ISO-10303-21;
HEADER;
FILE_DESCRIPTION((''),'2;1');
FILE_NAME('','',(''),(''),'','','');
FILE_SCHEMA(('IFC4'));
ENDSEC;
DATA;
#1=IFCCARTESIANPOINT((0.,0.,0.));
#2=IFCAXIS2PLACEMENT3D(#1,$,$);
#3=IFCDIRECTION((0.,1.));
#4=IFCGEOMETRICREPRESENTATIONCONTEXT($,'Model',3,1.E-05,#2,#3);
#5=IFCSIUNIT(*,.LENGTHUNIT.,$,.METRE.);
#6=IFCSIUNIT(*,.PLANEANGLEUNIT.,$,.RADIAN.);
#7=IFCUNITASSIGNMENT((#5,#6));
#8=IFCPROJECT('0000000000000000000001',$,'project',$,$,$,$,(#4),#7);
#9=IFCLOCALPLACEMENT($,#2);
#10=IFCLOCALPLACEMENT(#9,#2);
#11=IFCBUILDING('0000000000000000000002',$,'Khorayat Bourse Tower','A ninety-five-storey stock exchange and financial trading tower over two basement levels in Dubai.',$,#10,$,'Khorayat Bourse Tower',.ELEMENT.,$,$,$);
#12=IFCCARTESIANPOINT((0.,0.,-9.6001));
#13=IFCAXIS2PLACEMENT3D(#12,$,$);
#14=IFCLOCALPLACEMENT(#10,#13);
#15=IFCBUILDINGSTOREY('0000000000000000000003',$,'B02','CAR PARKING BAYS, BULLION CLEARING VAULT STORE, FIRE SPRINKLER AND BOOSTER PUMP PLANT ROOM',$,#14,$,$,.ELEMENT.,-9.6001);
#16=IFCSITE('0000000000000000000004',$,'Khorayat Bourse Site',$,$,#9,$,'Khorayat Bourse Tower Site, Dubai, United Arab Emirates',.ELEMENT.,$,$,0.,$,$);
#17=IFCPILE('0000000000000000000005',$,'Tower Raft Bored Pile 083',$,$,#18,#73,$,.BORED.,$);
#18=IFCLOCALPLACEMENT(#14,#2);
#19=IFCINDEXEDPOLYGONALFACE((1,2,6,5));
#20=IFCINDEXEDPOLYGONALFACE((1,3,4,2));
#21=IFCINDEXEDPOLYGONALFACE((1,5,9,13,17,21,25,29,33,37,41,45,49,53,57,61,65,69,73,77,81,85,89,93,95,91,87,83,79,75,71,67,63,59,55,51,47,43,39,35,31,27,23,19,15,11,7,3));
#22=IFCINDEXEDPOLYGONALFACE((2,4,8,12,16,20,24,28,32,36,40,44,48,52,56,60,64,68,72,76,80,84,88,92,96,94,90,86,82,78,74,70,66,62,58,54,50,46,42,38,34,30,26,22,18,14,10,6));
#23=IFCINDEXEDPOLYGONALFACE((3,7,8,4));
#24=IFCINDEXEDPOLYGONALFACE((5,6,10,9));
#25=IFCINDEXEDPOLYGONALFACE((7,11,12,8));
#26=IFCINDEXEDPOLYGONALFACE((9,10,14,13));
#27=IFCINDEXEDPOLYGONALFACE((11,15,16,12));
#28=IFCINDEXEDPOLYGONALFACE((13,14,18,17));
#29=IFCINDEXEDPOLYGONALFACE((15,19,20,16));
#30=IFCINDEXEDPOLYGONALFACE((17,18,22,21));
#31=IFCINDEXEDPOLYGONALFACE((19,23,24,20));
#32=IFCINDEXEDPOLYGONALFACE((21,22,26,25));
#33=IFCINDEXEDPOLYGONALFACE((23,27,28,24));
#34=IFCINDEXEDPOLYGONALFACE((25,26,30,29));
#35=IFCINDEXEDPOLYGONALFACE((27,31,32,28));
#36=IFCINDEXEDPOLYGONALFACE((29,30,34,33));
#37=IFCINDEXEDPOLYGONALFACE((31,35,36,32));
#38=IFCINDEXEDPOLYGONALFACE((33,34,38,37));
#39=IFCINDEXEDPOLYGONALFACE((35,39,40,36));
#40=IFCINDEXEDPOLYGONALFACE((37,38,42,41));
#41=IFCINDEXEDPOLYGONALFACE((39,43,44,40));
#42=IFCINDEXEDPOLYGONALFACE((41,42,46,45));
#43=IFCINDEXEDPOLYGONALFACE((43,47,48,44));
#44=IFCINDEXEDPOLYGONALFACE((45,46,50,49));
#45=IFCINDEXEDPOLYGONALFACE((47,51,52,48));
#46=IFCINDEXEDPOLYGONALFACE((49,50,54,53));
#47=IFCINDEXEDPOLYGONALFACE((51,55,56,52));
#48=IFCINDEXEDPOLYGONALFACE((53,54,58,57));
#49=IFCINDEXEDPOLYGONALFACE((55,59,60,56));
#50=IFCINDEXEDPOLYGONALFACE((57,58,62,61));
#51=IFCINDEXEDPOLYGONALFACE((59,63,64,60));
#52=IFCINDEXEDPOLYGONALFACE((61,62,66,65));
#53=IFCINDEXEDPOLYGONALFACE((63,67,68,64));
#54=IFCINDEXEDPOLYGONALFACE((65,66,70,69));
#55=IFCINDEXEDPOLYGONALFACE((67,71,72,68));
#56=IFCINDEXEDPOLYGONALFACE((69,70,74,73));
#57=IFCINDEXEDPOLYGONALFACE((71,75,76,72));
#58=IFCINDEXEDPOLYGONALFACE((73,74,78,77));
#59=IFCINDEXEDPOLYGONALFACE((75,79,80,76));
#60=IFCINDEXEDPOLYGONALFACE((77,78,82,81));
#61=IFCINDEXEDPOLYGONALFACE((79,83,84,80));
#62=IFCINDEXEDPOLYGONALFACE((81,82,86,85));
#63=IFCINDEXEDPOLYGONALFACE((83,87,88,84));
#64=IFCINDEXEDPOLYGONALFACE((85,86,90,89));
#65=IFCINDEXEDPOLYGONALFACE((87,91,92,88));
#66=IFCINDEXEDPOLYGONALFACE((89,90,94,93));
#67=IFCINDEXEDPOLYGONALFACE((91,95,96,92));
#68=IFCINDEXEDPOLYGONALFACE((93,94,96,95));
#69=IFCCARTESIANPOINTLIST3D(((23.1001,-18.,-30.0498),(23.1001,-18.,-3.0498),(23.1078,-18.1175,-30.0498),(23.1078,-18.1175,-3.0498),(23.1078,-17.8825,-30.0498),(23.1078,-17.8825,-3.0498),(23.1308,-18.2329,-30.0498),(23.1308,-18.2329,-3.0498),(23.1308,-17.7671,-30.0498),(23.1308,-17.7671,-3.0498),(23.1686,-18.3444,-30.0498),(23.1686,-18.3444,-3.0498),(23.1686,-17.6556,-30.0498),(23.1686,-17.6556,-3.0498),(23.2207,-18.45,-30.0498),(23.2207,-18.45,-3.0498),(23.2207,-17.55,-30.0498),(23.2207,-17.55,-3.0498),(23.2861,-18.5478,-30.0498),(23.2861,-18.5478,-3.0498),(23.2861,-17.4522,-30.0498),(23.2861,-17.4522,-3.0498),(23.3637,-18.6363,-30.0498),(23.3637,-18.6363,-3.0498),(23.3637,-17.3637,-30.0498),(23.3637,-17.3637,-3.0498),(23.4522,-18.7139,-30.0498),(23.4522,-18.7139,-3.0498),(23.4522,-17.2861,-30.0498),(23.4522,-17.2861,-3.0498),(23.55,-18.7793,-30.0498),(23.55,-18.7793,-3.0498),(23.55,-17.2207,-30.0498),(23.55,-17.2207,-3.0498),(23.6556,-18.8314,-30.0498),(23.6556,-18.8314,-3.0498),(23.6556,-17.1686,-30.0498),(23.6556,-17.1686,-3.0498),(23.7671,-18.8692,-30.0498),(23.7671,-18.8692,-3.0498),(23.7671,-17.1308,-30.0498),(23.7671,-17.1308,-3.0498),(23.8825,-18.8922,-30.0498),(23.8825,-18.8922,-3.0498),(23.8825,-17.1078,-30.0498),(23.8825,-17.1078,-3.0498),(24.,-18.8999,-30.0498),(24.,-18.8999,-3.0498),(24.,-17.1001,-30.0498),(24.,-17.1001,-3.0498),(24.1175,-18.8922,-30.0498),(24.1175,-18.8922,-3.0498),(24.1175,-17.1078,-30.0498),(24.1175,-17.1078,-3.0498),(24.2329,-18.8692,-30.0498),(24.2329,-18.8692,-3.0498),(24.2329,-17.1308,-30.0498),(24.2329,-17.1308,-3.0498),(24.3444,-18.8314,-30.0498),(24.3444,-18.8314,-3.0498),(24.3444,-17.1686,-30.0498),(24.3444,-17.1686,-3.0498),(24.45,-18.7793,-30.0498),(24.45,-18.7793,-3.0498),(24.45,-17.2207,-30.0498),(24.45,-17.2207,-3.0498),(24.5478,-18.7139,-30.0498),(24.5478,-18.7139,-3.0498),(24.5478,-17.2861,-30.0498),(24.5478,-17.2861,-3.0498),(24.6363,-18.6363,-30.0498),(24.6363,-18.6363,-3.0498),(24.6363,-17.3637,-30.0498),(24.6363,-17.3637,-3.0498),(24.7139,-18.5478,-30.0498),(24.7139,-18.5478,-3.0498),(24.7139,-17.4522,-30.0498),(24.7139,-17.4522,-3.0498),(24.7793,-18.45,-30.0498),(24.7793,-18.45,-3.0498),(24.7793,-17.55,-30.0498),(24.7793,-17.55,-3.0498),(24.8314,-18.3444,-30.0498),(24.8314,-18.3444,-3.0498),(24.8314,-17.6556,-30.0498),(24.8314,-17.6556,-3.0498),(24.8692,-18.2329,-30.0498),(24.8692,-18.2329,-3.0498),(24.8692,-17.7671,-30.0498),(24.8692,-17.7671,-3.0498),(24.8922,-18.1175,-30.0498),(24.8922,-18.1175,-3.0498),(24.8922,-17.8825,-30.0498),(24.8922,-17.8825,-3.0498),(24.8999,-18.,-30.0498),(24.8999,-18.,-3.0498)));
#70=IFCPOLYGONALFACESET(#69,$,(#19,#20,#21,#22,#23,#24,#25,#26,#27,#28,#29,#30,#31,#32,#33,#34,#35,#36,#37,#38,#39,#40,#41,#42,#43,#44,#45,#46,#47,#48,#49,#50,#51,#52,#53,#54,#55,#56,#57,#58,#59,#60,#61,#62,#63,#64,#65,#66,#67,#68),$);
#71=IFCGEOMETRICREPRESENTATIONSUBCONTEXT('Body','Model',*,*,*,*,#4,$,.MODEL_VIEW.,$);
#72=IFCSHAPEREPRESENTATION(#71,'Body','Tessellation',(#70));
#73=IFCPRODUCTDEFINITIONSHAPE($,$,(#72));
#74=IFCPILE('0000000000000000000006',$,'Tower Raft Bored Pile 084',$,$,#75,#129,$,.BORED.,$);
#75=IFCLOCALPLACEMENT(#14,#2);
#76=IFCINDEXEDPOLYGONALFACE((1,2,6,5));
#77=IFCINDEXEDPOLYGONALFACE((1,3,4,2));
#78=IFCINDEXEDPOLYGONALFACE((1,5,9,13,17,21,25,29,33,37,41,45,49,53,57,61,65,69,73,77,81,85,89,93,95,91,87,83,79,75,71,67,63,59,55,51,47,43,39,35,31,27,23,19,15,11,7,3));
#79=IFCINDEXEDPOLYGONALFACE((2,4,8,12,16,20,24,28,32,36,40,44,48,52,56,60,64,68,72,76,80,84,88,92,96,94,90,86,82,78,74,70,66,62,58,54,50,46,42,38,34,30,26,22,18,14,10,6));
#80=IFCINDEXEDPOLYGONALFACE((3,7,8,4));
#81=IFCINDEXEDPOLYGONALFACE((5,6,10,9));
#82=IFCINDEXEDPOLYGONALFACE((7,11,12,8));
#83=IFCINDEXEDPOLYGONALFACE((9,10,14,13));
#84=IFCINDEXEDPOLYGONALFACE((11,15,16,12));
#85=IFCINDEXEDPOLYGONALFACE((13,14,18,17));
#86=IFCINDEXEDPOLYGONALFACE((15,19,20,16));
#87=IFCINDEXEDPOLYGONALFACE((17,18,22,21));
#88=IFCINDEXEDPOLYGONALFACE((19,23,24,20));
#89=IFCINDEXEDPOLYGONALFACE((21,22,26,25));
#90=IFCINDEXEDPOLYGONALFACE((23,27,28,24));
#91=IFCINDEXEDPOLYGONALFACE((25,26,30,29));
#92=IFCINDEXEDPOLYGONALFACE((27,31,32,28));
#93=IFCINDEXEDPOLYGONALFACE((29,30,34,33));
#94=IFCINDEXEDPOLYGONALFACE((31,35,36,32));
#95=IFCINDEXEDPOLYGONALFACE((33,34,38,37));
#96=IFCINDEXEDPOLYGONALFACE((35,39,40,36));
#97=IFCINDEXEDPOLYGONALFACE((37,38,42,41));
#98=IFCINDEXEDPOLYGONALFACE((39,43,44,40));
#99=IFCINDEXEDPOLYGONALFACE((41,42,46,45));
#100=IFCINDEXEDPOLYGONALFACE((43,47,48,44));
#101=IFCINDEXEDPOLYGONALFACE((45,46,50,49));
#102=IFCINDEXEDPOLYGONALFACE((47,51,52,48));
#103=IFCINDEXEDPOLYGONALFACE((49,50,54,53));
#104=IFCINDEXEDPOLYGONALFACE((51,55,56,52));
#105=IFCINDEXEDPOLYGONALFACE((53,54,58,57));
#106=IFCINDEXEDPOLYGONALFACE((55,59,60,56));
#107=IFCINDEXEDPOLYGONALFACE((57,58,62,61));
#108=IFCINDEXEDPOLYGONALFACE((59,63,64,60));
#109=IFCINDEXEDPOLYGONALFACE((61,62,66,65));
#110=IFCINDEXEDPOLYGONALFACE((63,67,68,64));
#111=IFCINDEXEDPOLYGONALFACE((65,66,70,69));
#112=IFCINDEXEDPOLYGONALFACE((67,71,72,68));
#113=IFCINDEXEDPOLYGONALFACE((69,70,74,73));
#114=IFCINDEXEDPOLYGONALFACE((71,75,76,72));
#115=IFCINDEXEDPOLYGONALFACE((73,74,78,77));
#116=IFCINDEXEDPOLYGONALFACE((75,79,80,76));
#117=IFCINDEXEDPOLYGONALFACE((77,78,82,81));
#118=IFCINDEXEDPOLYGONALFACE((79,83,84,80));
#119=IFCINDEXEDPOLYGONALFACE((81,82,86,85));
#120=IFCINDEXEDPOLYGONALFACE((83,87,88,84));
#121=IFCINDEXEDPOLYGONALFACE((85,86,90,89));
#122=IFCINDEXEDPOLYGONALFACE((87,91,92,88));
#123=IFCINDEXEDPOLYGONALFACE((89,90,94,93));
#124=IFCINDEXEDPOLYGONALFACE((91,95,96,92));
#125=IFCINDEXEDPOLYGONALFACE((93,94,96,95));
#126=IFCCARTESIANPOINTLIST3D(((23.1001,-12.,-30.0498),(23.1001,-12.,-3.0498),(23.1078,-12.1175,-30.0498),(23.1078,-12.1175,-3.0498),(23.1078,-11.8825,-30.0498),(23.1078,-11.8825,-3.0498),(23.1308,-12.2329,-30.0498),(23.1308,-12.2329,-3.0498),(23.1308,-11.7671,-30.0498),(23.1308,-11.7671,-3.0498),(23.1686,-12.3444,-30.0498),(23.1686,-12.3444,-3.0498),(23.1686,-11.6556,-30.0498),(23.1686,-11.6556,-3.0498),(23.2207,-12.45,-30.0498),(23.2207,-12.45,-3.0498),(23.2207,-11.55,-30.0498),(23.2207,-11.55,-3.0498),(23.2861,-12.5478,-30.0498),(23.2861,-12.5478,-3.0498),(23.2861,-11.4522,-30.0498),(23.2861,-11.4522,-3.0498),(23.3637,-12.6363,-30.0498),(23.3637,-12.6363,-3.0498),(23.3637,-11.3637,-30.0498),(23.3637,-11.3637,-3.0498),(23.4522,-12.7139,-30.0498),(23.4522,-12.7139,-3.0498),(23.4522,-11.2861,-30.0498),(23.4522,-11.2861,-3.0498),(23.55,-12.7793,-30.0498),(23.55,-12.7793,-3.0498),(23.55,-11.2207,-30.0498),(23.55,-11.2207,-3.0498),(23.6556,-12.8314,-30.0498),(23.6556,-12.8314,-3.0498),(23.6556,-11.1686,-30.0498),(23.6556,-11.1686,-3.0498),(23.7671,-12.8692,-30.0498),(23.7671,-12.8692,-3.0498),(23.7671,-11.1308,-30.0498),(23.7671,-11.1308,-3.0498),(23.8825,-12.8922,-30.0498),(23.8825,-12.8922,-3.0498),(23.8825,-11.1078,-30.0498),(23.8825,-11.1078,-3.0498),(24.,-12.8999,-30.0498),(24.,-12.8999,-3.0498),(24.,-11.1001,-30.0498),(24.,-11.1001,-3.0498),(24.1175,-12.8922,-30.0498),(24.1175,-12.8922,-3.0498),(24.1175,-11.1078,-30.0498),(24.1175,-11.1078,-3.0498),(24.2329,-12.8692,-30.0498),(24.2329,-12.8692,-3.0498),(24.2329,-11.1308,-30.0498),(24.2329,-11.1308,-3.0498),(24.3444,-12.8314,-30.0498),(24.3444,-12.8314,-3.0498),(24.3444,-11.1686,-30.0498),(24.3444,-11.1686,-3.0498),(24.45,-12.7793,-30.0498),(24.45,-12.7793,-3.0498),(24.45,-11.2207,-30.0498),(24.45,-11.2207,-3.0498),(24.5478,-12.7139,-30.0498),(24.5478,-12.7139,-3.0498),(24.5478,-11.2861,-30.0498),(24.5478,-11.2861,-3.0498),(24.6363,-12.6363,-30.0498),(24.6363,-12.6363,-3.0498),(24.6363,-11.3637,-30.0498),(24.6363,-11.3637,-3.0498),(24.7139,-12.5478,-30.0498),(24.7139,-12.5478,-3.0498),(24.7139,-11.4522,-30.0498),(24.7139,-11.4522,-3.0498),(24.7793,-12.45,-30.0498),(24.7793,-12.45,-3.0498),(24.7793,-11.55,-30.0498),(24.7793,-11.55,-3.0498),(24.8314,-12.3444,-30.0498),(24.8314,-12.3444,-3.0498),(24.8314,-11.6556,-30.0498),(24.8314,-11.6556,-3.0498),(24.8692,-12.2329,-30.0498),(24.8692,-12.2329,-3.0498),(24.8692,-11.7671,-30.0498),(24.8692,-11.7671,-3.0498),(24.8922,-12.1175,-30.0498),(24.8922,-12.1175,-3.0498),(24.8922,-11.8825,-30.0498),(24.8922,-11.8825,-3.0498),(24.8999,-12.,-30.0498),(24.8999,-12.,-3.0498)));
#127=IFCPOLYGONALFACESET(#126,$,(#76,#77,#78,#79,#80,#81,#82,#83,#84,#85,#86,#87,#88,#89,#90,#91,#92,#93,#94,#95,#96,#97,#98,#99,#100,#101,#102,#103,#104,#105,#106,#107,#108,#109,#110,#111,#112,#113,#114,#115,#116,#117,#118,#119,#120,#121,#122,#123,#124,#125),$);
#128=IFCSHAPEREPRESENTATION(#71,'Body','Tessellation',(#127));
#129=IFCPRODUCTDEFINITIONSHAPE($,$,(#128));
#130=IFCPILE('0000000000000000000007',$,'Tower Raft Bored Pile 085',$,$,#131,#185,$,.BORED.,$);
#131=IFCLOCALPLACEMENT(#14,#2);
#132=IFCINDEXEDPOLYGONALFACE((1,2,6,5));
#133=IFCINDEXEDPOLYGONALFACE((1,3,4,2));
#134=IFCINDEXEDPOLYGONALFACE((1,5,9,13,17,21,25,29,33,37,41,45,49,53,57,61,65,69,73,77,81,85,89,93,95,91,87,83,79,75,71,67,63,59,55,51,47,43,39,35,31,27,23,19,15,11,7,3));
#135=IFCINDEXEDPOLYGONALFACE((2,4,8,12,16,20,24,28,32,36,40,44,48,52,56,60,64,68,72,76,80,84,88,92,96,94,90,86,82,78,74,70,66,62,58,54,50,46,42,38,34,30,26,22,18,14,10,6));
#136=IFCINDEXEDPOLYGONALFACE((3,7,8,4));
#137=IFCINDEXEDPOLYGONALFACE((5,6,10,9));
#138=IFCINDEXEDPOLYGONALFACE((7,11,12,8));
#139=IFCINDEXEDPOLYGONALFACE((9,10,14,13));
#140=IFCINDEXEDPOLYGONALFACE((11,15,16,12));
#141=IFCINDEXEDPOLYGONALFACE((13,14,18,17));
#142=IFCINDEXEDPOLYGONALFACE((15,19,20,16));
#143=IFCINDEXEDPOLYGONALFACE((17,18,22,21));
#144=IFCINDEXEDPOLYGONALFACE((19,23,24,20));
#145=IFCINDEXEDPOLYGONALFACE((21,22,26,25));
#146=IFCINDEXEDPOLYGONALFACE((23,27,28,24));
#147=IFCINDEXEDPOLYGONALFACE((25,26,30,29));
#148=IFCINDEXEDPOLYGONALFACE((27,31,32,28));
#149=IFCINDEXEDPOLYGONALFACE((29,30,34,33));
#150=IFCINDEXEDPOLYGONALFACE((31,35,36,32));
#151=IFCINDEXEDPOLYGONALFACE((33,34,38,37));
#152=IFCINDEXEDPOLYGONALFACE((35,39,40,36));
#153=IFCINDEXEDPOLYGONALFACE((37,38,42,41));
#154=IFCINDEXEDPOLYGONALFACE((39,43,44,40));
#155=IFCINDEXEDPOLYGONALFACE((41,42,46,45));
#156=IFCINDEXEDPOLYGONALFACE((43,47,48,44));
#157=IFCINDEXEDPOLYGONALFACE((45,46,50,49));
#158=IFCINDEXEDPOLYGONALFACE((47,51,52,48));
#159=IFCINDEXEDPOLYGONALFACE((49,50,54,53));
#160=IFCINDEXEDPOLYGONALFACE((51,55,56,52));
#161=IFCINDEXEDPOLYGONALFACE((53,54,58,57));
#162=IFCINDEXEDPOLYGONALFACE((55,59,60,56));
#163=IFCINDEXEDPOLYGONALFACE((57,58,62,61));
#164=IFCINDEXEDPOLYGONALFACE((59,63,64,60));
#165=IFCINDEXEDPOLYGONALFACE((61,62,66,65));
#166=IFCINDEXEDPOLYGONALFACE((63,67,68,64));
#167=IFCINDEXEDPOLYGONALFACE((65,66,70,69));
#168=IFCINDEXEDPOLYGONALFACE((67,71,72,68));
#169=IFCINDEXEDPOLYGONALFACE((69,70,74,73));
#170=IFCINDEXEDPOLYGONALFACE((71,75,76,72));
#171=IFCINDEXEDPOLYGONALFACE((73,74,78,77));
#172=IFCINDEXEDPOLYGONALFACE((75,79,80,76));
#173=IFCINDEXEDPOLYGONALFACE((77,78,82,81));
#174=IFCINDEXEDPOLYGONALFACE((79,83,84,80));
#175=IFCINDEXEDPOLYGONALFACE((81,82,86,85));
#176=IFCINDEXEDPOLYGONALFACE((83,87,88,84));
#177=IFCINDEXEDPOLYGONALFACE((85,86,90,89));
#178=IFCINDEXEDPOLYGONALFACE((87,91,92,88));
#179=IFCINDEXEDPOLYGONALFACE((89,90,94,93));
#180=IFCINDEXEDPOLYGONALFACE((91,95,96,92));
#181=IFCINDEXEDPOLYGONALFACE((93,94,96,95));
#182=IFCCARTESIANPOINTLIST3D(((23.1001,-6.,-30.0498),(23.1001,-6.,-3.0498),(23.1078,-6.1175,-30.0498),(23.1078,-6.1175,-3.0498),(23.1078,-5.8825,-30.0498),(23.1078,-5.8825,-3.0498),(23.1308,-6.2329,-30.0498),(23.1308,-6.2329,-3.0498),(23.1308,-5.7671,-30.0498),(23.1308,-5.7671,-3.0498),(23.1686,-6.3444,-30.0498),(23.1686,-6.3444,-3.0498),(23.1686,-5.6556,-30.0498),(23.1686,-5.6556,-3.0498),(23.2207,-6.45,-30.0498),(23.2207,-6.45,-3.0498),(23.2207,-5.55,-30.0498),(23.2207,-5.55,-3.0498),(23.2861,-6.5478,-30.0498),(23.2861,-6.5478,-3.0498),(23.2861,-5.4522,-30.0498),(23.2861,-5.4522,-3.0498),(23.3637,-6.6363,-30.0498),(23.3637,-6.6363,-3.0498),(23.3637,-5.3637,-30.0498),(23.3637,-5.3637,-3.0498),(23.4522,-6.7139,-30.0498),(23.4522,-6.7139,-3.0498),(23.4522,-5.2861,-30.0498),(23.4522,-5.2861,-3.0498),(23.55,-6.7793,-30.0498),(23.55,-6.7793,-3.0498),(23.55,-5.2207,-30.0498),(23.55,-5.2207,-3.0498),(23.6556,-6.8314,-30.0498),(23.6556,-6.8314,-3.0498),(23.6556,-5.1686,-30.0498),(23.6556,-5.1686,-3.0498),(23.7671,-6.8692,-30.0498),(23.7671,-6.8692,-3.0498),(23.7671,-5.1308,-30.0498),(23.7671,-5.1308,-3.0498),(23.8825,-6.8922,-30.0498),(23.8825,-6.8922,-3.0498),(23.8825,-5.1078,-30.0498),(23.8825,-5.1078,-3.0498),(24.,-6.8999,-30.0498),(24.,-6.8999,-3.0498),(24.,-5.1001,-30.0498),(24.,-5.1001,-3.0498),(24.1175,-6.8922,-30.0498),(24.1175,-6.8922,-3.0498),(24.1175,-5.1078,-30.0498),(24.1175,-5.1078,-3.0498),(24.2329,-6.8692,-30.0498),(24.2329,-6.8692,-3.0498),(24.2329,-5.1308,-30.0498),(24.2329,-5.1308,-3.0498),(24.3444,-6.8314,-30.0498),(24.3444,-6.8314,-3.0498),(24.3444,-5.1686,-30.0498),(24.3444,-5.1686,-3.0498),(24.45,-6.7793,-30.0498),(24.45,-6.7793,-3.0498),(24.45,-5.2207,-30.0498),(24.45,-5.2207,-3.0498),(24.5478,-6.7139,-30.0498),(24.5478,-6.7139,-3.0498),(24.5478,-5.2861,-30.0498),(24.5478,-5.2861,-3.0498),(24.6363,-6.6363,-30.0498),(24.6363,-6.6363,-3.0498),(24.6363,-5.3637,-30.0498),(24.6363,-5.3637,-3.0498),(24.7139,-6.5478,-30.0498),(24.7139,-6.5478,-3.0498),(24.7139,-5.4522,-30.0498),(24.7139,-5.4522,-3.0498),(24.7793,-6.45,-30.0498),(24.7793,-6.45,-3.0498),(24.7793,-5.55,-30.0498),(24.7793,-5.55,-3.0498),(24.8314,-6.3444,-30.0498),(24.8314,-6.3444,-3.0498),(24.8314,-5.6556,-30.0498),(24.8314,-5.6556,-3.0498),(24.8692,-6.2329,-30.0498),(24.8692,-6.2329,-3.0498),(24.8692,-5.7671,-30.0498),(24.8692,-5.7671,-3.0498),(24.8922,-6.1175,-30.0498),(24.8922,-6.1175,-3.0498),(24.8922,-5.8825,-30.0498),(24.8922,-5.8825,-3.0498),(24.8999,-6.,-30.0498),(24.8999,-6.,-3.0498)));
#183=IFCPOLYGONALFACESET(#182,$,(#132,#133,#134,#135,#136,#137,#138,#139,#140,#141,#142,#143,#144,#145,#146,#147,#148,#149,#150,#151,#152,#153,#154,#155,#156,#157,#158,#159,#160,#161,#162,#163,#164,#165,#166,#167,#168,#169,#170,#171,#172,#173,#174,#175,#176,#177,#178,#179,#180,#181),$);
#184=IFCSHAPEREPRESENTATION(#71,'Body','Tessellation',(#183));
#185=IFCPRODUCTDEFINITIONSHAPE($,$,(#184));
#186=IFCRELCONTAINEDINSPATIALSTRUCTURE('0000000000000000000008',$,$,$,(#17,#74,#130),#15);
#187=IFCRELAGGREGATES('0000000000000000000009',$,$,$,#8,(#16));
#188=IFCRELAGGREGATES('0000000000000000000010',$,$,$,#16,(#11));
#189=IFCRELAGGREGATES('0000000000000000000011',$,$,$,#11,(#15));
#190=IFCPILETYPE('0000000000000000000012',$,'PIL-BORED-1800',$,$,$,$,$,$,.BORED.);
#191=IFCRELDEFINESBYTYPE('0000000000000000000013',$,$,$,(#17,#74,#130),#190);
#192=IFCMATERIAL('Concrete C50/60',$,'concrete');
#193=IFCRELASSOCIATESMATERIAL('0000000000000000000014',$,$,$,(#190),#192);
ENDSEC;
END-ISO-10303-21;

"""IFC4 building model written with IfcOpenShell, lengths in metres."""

from ifc_helpers import new_model, si_unit, direction, frame, origin, origin_2d, place, context, subcontext, project, spatial, circle, extrude, source, transform, mapped, material, material_profile, profile_set, type_object, element, save


model = new_model("IFC4")

# Units and contexts
model_context = context("Model", 3, precision=1e-05, world=origin(), true_north=direction((0.0, 1.0)))
body_context = subcontext(model_context, "Body", "Model", "MODEL_VIEW")
ifc_project = project(units=[si_unit("LENGTHUNIT", "METRE"), si_unit("PLANEANGLEUNIT", "RADIAN")], contexts=[model_context])

# Site, building, storey
site_placement = place(None, origin())
site = spatial("IfcSite", under=ifc_project, at=site_placement, Name="Khorayat Bourse Site", LongName="Khorayat Bourse Tower Site, Dubai, United Arab Emirates", CompositionType="ELEMENT", RefElevation=0.0)
building_placement = place(site_placement, origin())
building = spatial("IfcBuilding", under=site, at=building_placement, Name="Khorayat Bourse Tower", Description="A ninety-five-storey stock exchange and financial trading tower over two basement levels in Dubai.", LongName="Khorayat Bourse Tower", CompositionType="ELEMENT")
storey_placement = place(building_placement, frame((0.0, 0.0, -9.6001)))
storey = spatial("IfcBuildingStorey", under=building, at=storey_placement, Name="B02", Description="CAR PARKING BAYS, BULLION CLEARING VAULT STORE, FIRE SPRINKLER AND BOOSTER PUMP PLANT ROOM", CompositionType="ELEMENT", Elevation=-9.6001)

# Piles
ifc_material_1 = material(Name="Concrete C50/60", Category="concrete")
ifc_material_profile_1 = material_profile(ifc_material_1, circle(Radius=0.8999, at=origin_2d()), Name="BORED PILE D1800")
ifc_profile_set_1 = profile_set([ifc_material_profile_1], Name="Concrete C50/60")
pile_type_1 = type_object("IfcPileType", Name="PIL-BORED-1800", PredefinedType="BORED", material=ifc_profile_set_1)
shared_shape_1 = source(origin(), body_context, "Body", "SweptSolid", [
    extrude(circle(Radius=0.8999, at=origin_2d()), origin(), (0.0, 0.0, 1.0), 27.0),
])
for number, where, z_axis, x_axis, name in (
    (1, (24.0, -18.0, -3.0498), (0.0, 0.0, -1.0), (1.0, 0.0, 0.0), "Tower Raft Bored Pile 083"),
    (2, (24.0, -12.0, -3.0498), (0.0, 0.0, -1.0), (1.0, 0.0, 0.0), "Tower Raft Bored Pile 084"),
    (3, (24.0, -6.0, -3.0498), (0.0, 0.0, -1.0), (1.0, 0.0, 0.0), "Tower Raft Bored Pile 085"),
):
    element("IfcPile", number, at=place(storey_placement, frame(where, z_axis=z_axis, x_axis=x_axis)), inside=storey, type_object=pile_type_1, Name=name, PredefinedType="BORED", context=body_context, shape_type="MappedRepresentation", body=[
        mapped(shared_shape_1, transform((0.0, 0.0, 0.0), scale=1.0)),
    ])

save(model, "model.ifc")
